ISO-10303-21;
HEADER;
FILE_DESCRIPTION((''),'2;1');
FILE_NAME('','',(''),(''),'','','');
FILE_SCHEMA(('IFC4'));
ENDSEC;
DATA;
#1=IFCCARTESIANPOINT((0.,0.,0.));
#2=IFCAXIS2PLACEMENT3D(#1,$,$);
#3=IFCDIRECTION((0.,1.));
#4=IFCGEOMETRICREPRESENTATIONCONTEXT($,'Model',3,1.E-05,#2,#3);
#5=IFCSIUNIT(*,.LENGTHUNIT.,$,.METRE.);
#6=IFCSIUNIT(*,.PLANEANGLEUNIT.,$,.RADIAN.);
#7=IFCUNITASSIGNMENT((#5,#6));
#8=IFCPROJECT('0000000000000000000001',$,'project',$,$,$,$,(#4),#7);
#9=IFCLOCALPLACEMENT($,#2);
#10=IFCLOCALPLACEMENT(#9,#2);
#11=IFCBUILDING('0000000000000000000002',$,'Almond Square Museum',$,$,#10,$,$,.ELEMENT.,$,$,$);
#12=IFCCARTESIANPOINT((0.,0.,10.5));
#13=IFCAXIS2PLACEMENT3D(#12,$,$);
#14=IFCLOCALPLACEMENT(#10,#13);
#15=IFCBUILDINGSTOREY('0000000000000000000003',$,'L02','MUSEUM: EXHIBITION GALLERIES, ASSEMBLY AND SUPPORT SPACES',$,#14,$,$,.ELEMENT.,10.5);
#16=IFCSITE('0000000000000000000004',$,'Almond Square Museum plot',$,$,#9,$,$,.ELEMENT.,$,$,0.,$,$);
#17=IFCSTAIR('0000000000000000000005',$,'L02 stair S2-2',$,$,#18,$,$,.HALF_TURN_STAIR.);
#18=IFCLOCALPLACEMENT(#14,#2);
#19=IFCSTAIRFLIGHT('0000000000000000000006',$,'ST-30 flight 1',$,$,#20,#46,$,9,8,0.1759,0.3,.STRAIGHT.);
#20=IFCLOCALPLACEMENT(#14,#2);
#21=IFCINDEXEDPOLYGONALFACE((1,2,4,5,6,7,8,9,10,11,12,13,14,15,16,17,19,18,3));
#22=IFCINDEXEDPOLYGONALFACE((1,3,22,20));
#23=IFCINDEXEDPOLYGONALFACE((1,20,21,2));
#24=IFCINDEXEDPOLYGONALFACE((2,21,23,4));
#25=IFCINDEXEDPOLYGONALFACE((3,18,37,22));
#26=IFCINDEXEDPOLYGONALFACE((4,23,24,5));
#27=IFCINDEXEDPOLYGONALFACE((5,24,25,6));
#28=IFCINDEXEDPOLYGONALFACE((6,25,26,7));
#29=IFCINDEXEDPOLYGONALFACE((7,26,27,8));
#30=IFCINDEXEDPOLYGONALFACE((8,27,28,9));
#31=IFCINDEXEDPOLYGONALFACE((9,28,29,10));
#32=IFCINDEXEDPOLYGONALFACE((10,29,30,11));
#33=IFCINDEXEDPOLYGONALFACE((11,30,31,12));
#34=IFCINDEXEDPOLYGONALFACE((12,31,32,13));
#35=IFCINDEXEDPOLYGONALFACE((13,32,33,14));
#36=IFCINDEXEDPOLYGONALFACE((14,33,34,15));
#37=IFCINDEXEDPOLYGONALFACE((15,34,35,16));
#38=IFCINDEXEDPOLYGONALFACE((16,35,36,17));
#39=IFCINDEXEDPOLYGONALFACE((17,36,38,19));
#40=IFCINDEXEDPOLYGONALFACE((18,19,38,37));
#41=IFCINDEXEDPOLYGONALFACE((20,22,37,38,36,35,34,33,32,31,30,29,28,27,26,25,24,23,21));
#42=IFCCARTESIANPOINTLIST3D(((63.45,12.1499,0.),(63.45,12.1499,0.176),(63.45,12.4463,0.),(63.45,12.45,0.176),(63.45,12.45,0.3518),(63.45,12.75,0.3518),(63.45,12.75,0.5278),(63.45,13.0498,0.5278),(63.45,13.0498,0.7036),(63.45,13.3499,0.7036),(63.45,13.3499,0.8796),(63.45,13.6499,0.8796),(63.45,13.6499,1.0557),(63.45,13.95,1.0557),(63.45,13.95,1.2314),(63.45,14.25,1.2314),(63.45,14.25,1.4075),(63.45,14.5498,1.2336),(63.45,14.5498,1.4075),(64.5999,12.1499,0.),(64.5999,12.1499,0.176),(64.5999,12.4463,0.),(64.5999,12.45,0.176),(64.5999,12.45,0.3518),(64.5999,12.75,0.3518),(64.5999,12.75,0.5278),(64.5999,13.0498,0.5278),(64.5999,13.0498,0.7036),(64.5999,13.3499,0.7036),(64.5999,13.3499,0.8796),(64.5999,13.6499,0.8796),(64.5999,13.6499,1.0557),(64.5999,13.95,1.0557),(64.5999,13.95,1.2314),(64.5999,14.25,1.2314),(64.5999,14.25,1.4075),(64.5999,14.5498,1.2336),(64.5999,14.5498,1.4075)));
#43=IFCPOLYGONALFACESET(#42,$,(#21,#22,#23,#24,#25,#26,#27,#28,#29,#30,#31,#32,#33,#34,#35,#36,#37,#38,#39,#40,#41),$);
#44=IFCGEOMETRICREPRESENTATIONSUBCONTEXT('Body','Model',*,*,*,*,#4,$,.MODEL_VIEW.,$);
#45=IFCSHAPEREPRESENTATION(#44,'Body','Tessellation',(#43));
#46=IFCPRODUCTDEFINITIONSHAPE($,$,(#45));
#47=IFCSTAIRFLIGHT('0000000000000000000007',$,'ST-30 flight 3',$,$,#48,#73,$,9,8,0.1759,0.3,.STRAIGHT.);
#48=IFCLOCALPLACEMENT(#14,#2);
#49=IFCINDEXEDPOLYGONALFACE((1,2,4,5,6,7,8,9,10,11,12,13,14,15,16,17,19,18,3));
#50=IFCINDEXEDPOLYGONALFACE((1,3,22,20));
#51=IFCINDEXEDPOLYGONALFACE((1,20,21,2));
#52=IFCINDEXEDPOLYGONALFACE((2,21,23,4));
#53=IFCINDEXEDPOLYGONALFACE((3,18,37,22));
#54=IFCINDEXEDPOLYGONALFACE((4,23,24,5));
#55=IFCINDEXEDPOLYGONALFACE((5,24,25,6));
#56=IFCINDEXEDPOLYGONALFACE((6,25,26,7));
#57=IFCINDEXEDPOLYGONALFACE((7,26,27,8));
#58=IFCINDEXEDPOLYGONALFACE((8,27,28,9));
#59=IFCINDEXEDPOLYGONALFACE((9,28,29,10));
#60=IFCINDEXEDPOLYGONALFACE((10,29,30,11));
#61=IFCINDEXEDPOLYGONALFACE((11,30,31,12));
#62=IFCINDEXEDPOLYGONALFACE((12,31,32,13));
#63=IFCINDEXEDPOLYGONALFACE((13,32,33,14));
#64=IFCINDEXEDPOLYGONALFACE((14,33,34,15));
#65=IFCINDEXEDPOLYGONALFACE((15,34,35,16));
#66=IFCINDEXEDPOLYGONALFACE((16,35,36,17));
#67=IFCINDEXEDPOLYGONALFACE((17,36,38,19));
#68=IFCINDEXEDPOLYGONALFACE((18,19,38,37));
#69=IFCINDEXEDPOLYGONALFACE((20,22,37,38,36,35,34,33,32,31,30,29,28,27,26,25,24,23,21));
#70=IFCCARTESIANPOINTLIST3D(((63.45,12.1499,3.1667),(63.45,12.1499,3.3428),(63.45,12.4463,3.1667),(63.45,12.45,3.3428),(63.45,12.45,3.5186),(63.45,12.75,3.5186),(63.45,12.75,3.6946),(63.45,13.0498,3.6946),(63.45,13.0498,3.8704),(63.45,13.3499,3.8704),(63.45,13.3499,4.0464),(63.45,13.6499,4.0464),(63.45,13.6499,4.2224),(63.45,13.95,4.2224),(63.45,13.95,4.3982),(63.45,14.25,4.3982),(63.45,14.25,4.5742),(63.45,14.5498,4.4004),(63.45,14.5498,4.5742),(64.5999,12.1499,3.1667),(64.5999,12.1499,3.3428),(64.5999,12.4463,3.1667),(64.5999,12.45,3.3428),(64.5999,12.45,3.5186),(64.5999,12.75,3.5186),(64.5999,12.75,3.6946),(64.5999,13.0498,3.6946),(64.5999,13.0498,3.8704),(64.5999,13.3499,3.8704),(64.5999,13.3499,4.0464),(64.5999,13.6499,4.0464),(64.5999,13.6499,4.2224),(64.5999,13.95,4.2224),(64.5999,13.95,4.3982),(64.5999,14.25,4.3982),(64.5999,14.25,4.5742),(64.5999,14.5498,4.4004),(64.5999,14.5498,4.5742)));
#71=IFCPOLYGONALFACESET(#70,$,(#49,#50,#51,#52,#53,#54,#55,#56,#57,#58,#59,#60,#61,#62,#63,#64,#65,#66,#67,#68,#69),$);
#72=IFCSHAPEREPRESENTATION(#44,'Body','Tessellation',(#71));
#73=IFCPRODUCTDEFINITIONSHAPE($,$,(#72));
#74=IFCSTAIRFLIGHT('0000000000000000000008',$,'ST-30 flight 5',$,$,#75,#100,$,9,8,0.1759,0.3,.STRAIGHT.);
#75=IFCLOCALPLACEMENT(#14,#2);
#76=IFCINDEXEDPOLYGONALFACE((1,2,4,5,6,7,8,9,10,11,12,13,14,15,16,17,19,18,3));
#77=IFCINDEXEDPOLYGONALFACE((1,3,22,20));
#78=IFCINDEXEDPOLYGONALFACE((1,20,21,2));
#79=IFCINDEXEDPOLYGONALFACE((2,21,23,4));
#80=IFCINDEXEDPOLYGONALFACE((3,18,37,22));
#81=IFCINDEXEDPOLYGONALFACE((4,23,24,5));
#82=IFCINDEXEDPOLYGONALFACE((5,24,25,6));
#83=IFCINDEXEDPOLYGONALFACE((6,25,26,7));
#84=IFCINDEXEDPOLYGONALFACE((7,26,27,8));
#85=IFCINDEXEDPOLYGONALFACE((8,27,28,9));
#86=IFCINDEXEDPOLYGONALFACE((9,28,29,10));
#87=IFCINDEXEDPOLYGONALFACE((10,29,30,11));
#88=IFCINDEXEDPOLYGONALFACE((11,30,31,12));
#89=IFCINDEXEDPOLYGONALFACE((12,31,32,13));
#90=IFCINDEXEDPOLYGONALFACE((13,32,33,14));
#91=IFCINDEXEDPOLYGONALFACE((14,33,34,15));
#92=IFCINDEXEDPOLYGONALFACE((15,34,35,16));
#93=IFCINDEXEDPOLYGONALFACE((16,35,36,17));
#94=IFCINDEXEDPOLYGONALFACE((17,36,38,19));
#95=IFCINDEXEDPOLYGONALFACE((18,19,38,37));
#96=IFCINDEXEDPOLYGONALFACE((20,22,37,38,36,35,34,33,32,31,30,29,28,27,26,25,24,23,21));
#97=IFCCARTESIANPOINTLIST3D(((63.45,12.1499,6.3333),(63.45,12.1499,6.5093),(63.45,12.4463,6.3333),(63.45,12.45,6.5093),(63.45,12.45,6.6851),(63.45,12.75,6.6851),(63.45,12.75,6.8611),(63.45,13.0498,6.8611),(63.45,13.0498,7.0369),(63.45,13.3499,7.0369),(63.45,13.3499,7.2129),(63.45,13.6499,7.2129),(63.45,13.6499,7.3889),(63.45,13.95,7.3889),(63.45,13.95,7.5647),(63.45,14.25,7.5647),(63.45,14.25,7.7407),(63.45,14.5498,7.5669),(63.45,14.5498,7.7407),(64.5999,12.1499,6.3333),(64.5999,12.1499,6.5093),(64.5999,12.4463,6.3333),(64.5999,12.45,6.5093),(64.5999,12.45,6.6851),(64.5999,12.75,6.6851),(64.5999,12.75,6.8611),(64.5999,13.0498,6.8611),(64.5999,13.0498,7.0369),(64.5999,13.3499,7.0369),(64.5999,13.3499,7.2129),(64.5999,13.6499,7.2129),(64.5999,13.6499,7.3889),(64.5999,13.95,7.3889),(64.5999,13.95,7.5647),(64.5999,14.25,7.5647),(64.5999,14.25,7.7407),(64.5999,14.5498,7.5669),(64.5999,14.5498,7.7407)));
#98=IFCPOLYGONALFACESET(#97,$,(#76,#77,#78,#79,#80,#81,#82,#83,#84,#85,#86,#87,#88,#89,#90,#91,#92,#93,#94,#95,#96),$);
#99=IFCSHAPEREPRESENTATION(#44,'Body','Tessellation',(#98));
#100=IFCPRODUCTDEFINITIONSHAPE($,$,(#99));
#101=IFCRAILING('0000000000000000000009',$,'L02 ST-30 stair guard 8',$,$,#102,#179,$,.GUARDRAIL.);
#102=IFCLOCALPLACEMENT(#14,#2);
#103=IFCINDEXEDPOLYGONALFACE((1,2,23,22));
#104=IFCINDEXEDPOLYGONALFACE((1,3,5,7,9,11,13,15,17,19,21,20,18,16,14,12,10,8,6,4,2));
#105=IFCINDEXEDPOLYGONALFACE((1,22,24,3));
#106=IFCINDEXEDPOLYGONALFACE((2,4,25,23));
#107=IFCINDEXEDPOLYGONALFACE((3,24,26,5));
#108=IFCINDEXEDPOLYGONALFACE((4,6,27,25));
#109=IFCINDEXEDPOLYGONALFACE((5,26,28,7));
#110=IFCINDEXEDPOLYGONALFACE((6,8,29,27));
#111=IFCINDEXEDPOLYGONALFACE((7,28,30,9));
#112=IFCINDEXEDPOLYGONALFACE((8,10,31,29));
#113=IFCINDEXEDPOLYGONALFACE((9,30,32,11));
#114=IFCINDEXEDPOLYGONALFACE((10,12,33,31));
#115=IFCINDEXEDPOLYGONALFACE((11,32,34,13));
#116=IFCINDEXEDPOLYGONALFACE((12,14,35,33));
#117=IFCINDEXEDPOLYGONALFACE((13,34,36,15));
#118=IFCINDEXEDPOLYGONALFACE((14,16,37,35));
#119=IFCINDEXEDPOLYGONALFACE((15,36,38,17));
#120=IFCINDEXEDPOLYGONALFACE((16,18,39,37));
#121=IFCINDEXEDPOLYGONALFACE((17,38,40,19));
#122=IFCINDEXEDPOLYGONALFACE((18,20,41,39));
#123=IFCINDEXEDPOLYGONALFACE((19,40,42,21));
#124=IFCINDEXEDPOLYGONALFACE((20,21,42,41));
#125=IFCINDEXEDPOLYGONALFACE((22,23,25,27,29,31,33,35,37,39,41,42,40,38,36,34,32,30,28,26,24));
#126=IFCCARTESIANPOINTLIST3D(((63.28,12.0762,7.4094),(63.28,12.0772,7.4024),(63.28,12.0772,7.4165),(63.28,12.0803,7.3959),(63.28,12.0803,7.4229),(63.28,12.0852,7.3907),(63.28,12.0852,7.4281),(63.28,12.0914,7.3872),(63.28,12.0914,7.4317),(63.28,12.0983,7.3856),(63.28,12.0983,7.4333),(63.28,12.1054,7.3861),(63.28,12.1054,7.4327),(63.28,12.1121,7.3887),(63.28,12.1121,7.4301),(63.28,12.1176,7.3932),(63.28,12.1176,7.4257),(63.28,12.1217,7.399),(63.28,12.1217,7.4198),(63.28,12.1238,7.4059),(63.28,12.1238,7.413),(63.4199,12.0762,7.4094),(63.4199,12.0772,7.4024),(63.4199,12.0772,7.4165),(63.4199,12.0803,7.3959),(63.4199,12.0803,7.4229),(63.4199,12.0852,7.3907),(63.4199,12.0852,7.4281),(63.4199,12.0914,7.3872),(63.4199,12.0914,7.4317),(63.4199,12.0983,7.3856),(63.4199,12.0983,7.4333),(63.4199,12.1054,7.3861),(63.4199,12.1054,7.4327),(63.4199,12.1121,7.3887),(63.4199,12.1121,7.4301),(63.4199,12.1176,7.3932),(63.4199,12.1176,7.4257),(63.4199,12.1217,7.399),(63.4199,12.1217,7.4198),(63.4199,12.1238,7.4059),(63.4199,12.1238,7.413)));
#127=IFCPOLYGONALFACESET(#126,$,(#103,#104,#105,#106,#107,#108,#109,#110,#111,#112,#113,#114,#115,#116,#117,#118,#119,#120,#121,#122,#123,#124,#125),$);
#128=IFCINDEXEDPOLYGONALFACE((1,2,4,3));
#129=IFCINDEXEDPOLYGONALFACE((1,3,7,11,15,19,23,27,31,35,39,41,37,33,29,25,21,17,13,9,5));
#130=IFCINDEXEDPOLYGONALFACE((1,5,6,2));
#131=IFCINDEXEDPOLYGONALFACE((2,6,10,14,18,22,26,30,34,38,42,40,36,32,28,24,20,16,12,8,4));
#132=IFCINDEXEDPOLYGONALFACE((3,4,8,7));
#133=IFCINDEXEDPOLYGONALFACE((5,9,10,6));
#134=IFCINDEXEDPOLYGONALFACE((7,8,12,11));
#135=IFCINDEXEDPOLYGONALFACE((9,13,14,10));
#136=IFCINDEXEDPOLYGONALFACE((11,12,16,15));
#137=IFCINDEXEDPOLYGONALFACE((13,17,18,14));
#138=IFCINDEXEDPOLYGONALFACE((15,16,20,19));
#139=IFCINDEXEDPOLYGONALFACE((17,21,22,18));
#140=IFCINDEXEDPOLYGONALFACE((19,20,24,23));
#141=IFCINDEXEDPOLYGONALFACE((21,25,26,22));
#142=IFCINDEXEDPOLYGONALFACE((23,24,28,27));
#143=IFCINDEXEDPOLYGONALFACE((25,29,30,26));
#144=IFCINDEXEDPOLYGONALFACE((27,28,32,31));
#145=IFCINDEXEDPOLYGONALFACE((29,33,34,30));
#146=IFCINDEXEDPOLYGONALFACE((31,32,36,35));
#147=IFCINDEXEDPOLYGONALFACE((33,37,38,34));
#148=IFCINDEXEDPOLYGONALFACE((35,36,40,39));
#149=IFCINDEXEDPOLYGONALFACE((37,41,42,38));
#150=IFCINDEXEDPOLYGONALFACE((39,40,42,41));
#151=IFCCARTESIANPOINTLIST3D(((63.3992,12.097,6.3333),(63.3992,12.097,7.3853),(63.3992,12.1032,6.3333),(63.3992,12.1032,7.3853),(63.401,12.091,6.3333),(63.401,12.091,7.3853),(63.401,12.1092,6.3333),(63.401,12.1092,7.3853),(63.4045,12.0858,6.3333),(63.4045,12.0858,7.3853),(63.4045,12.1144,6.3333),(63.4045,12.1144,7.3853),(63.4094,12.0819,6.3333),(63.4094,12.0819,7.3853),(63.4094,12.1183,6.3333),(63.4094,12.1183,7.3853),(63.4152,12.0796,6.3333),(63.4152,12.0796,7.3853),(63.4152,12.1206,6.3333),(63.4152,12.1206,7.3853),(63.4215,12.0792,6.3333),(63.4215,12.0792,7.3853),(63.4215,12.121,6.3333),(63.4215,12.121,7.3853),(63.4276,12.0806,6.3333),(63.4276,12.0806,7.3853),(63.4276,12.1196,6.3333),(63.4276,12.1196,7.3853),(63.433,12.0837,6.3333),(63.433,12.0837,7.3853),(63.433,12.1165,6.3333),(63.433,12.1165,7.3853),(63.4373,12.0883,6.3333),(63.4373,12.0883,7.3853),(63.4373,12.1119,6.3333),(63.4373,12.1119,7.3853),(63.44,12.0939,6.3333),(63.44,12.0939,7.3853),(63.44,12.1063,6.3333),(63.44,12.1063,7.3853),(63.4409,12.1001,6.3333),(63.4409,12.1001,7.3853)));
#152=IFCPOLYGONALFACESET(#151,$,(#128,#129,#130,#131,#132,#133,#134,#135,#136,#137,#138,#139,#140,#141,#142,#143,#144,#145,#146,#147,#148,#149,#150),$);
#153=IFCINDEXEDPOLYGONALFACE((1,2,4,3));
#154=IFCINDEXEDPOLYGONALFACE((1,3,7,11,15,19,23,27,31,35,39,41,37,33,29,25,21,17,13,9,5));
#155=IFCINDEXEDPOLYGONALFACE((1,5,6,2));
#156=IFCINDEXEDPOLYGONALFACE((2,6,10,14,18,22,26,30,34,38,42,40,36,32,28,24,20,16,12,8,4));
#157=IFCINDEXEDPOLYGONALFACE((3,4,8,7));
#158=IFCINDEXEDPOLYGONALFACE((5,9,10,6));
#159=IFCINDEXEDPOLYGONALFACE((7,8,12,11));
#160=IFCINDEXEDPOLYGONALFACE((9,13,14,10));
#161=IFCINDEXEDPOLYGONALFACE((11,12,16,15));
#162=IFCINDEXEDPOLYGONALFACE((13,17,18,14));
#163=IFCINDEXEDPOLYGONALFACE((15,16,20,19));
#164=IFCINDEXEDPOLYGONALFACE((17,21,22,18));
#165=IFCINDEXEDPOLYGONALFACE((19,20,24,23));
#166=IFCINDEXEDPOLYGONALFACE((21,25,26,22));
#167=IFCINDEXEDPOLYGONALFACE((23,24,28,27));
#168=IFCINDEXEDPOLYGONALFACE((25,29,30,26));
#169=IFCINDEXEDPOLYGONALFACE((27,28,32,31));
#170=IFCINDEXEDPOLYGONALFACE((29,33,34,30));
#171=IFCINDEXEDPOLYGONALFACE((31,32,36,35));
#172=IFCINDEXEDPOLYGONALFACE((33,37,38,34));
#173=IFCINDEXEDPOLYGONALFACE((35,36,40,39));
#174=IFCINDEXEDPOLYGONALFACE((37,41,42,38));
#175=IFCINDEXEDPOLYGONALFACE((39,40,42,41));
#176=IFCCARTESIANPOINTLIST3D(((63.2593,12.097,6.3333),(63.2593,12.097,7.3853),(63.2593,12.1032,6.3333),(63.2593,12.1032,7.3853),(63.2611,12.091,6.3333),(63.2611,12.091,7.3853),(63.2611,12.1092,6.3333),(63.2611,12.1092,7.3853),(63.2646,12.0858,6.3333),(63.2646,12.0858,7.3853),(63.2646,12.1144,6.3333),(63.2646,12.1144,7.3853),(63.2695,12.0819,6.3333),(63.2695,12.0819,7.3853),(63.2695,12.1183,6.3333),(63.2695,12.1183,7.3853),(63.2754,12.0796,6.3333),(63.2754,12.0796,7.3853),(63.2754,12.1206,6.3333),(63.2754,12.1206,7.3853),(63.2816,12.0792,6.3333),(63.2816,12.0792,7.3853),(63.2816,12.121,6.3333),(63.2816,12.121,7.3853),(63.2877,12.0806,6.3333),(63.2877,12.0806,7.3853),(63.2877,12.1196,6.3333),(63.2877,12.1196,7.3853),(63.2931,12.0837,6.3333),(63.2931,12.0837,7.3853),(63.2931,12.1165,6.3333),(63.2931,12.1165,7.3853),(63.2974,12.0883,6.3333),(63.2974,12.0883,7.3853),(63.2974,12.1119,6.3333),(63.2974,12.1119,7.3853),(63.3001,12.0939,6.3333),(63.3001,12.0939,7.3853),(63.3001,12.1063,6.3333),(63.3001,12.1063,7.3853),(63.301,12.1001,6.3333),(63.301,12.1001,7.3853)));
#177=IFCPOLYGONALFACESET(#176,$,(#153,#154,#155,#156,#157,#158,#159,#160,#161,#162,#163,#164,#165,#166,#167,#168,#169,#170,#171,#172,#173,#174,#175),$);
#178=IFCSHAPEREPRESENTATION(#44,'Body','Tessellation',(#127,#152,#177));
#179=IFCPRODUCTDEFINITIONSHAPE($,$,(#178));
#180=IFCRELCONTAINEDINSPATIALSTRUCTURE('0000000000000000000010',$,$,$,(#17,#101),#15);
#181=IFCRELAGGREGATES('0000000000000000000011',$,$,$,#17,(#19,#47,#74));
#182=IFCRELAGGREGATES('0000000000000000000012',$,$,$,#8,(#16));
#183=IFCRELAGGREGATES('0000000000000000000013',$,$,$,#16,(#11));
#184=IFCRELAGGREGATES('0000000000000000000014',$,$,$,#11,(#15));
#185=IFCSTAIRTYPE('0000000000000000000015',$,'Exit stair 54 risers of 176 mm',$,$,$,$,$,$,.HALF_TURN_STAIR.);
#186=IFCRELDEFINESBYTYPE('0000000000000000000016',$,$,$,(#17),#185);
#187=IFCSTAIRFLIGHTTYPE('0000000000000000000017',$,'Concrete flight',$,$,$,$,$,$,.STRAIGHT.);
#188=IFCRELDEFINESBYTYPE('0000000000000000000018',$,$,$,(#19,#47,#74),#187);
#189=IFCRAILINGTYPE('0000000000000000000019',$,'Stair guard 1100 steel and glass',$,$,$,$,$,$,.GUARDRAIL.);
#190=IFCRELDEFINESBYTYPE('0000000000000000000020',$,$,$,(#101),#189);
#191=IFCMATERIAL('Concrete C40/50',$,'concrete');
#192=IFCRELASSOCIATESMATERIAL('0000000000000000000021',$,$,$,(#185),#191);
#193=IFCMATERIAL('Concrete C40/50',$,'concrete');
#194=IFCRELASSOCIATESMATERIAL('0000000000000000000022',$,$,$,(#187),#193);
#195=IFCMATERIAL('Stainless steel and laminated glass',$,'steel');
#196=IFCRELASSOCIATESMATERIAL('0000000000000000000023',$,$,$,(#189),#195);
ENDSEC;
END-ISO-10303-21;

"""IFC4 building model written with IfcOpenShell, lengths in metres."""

from ifc_helpers import new_model, si_unit, direction, frame, origin, origin_2d, place, context, subcontext, project, spatial, polyline, circle, outline, extrude, material, type_object, element, aggregate, save


model = new_model("IFC4")

# Units and contexts
model_context = context("Model", 3, precision=1e-05, world=origin(), true_north=direction((0.0, 1.0)))
body_context = subcontext(model_context, "Body", "Model", "MODEL_VIEW")
ifc_project = project(units=[si_unit("LENGTHUNIT", "METRE"), si_unit("PLANEANGLEUNIT", "RADIAN")], contexts=[model_context])

# Site, building, storey
site_placement = place(None, origin())
site = spatial("IfcSite", under=ifc_project, at=site_placement, Name="Almond Square Museum plot", CompositionType="ELEMENT", RefElevation=0.0)
building_placement = place(site_placement, origin())
building = spatial("IfcBuilding", under=site, at=building_placement, Name="Almond Square Museum", CompositionType="ELEMENT")
storey_placement = place(building_placement, frame((0.0, 0.0, 10.5)))
storey = spatial("IfcBuildingStorey", under=building, at=storey_placement, Name="L02", Description="MUSEUM: EXHIBITION GALLERIES, ASSEMBLY AND SUPPORT SPACES", CompositionType="ELEMENT", Elevation=10.5)

# Stair, stair flights
ifc_material_1 = material(Name="Concrete C40/50", Category="concrete")
stair_type = type_object("IfcStairType", Name="Exit stair 54 risers of 176 mm", PredefinedType="HALF_TURN_STAIR", material=ifc_material_1)
stair_placement = place(storey_placement, origin())
stair = element("IfcStair", 1, at=stair_placement, inside=storey, type_object=stair_type, Name="L02 stair S2-2", PredefinedType="HALF_TURN_STAIR")
ifc_material_2 = material(Name="Concrete C40/50", Category="concrete")
stair_flight_type = type_object("IfcStairFlightType", Name="Concrete flight", PredefinedType="STRAIGHT", material=ifc_material_2)
stair_flight_1_placement = place(storey_placement, frame((64.0249, 12.1499, 0.0), z_axis=(0.0, 0.0, 1.0), x_axis=(0.0, 1.0, 0.0)))
stair_flight_1 = element("IfcStairFlight", 2, at=stair_flight_1_placement, type_object=stair_flight_type, Name="ST-30 flight 1", NumberOfRisers=9, NumberOfTreads=8, PredefinedType="STRAIGHT", RiserHeight=0.1759, TreadLength=0.3, context=body_context, shape_type="SweptSolid", body=[
    extrude(outline(polyline([(0.0, 0.0), (0.0, 0.176), (0.3, 0.176), (0.3, 0.3518), (0.6001, 0.3518), (0.6001, 0.5278), (0.8999, 0.5278), (0.8999, 0.7036), (1.2, 0.7036), (1.2, 0.8796), (1.5, 0.8796), (1.5, 1.0557), (1.8, 1.0557), (1.8, 1.2314), (2.1001, 1.2314), (2.1001, 1.4075), (2.3999, 1.4075), (2.3999, 1.5833), (2.3999, 1.2336), (0.2964, 0.0), (0.0, 0.0)])), frame((0.0, 0.575, 0.0), z_axis=(0.0, -1.0, 0.0), x_axis=(1.0, 0.0, 0.0)), (0.0, 0.0, 1.0), 1.1499),
])
stair_flight_2_placement = place(storey_placement, frame((64.0249, 12.1499, 3.1667), z_axis=(0.0, 0.0, 1.0), x_axis=(0.0, 1.0, 0.0)))
stair_flight_2 = element("IfcStairFlight", 3, at=stair_flight_2_placement, type_object=stair_flight_type, Name="ST-30 flight 3", NumberOfRisers=9, NumberOfTreads=8, PredefinedType="STRAIGHT", RiserHeight=0.1759, TreadLength=0.3, context=body_context, shape_type="SweptSolid", body=[
    extrude(outline(polyline([(0.0, 0.0), (0.0, 0.176), (0.3, 0.176), (0.3, 0.3518), (0.6001, 0.3518), (0.6001, 0.5278), (0.8999, 0.5278), (0.8999, 0.7036), (1.2, 0.7036), (1.2, 0.8796), (1.5, 0.8796), (1.5, 1.0557), (1.8, 1.0557), (1.8, 1.2314), (2.1001, 1.2314), (2.1001, 1.4075), (2.3999, 1.4075), (2.3999, 1.5833), (2.3999, 1.2336), (0.2964, 0.0), (0.0, 0.0)])), frame((0.0, 0.575, 0.0), z_axis=(0.0, -1.0, 0.0), x_axis=(1.0, 0.0, 0.0)), (0.0, 0.0, 1.0), 1.1499),
])
stair_flight_3_placement = place(storey_placement, frame((64.0249, 12.1499, 6.3333), z_axis=(0.0, 0.0, 1.0), x_axis=(0.0, 1.0, 0.0)))
stair_flight_3 = element("IfcStairFlight", 4, at=stair_flight_3_placement, type_object=stair_flight_type, Name="ST-30 flight 5", NumberOfRisers=9, NumberOfTreads=8, PredefinedType="STRAIGHT", RiserHeight=0.1759, TreadLength=0.3, context=body_context, shape_type="SweptSolid", body=[
    extrude(outline(polyline([(0.0, 0.0), (0.0, 0.176), (0.3, 0.176), (0.3, 0.3518), (0.6001, 0.3518), (0.6001, 0.5278), (0.8999, 0.5278), (0.8999, 0.7036), (1.2, 0.7036), (1.2, 0.8796), (1.5, 0.8796), (1.5, 1.0557), (1.8, 1.0557), (1.8, 1.2314), (2.1001, 1.2314), (2.1001, 1.4075), (2.3999, 1.4075), (2.3999, 1.5833), (2.3999, 1.2336), (0.2964, 0.0), (0.0, 0.0)])), frame((0.0, 0.575, 0.0), z_axis=(0.0, -1.0, 0.0), x_axis=(1.0, 0.0, 0.0)), (0.0, 0.0, 1.0), 1.1499),
])
aggregate(stair, [stair_flight_1, stair_flight_2, stair_flight_3])

# Railing
ifc_material_3 = material(Name="Stainless steel and laminated glass", Category="steel")
railing_type_1 = type_object("IfcRailingType", Name="Stair guard 1100 steel and glass", PredefinedType="GUARDRAIL", material=ifc_material_3)
for number, where, name in (
    (5, (63.4199, 12.1001, 6.3333), "L02 ST-30 stair guard 8"),
):
    element("IfcRailing", number, at=place(storey_placement, frame(where)), inside=storey, type_object=railing_type_1, Name=name, PredefinedType="GUARDRAIL", context=body_context, shape_type="SweptSolid", body=[
        extrude(circle(Radius=0.0239, at=origin_2d()), frame((0.0, 0.0, 1.0762), z_axis=(-1.0, 0.0, 0.0), x_axis=(0.0, -1.0, 0.0)), (0.0, 0.0, 1.0), 0.1399),
        extrude(circle(Radius=0.021, at=origin_2d()), origin(), (0.0, 0.0, 1.0), 1.052),
        extrude(circle(Radius=0.021, at=origin_2d()), frame((-0.1399, 0.0, 0.0)), (0.0, 0.0, 1.0), 1.052),
    ])

save(model, "model.ifc")
